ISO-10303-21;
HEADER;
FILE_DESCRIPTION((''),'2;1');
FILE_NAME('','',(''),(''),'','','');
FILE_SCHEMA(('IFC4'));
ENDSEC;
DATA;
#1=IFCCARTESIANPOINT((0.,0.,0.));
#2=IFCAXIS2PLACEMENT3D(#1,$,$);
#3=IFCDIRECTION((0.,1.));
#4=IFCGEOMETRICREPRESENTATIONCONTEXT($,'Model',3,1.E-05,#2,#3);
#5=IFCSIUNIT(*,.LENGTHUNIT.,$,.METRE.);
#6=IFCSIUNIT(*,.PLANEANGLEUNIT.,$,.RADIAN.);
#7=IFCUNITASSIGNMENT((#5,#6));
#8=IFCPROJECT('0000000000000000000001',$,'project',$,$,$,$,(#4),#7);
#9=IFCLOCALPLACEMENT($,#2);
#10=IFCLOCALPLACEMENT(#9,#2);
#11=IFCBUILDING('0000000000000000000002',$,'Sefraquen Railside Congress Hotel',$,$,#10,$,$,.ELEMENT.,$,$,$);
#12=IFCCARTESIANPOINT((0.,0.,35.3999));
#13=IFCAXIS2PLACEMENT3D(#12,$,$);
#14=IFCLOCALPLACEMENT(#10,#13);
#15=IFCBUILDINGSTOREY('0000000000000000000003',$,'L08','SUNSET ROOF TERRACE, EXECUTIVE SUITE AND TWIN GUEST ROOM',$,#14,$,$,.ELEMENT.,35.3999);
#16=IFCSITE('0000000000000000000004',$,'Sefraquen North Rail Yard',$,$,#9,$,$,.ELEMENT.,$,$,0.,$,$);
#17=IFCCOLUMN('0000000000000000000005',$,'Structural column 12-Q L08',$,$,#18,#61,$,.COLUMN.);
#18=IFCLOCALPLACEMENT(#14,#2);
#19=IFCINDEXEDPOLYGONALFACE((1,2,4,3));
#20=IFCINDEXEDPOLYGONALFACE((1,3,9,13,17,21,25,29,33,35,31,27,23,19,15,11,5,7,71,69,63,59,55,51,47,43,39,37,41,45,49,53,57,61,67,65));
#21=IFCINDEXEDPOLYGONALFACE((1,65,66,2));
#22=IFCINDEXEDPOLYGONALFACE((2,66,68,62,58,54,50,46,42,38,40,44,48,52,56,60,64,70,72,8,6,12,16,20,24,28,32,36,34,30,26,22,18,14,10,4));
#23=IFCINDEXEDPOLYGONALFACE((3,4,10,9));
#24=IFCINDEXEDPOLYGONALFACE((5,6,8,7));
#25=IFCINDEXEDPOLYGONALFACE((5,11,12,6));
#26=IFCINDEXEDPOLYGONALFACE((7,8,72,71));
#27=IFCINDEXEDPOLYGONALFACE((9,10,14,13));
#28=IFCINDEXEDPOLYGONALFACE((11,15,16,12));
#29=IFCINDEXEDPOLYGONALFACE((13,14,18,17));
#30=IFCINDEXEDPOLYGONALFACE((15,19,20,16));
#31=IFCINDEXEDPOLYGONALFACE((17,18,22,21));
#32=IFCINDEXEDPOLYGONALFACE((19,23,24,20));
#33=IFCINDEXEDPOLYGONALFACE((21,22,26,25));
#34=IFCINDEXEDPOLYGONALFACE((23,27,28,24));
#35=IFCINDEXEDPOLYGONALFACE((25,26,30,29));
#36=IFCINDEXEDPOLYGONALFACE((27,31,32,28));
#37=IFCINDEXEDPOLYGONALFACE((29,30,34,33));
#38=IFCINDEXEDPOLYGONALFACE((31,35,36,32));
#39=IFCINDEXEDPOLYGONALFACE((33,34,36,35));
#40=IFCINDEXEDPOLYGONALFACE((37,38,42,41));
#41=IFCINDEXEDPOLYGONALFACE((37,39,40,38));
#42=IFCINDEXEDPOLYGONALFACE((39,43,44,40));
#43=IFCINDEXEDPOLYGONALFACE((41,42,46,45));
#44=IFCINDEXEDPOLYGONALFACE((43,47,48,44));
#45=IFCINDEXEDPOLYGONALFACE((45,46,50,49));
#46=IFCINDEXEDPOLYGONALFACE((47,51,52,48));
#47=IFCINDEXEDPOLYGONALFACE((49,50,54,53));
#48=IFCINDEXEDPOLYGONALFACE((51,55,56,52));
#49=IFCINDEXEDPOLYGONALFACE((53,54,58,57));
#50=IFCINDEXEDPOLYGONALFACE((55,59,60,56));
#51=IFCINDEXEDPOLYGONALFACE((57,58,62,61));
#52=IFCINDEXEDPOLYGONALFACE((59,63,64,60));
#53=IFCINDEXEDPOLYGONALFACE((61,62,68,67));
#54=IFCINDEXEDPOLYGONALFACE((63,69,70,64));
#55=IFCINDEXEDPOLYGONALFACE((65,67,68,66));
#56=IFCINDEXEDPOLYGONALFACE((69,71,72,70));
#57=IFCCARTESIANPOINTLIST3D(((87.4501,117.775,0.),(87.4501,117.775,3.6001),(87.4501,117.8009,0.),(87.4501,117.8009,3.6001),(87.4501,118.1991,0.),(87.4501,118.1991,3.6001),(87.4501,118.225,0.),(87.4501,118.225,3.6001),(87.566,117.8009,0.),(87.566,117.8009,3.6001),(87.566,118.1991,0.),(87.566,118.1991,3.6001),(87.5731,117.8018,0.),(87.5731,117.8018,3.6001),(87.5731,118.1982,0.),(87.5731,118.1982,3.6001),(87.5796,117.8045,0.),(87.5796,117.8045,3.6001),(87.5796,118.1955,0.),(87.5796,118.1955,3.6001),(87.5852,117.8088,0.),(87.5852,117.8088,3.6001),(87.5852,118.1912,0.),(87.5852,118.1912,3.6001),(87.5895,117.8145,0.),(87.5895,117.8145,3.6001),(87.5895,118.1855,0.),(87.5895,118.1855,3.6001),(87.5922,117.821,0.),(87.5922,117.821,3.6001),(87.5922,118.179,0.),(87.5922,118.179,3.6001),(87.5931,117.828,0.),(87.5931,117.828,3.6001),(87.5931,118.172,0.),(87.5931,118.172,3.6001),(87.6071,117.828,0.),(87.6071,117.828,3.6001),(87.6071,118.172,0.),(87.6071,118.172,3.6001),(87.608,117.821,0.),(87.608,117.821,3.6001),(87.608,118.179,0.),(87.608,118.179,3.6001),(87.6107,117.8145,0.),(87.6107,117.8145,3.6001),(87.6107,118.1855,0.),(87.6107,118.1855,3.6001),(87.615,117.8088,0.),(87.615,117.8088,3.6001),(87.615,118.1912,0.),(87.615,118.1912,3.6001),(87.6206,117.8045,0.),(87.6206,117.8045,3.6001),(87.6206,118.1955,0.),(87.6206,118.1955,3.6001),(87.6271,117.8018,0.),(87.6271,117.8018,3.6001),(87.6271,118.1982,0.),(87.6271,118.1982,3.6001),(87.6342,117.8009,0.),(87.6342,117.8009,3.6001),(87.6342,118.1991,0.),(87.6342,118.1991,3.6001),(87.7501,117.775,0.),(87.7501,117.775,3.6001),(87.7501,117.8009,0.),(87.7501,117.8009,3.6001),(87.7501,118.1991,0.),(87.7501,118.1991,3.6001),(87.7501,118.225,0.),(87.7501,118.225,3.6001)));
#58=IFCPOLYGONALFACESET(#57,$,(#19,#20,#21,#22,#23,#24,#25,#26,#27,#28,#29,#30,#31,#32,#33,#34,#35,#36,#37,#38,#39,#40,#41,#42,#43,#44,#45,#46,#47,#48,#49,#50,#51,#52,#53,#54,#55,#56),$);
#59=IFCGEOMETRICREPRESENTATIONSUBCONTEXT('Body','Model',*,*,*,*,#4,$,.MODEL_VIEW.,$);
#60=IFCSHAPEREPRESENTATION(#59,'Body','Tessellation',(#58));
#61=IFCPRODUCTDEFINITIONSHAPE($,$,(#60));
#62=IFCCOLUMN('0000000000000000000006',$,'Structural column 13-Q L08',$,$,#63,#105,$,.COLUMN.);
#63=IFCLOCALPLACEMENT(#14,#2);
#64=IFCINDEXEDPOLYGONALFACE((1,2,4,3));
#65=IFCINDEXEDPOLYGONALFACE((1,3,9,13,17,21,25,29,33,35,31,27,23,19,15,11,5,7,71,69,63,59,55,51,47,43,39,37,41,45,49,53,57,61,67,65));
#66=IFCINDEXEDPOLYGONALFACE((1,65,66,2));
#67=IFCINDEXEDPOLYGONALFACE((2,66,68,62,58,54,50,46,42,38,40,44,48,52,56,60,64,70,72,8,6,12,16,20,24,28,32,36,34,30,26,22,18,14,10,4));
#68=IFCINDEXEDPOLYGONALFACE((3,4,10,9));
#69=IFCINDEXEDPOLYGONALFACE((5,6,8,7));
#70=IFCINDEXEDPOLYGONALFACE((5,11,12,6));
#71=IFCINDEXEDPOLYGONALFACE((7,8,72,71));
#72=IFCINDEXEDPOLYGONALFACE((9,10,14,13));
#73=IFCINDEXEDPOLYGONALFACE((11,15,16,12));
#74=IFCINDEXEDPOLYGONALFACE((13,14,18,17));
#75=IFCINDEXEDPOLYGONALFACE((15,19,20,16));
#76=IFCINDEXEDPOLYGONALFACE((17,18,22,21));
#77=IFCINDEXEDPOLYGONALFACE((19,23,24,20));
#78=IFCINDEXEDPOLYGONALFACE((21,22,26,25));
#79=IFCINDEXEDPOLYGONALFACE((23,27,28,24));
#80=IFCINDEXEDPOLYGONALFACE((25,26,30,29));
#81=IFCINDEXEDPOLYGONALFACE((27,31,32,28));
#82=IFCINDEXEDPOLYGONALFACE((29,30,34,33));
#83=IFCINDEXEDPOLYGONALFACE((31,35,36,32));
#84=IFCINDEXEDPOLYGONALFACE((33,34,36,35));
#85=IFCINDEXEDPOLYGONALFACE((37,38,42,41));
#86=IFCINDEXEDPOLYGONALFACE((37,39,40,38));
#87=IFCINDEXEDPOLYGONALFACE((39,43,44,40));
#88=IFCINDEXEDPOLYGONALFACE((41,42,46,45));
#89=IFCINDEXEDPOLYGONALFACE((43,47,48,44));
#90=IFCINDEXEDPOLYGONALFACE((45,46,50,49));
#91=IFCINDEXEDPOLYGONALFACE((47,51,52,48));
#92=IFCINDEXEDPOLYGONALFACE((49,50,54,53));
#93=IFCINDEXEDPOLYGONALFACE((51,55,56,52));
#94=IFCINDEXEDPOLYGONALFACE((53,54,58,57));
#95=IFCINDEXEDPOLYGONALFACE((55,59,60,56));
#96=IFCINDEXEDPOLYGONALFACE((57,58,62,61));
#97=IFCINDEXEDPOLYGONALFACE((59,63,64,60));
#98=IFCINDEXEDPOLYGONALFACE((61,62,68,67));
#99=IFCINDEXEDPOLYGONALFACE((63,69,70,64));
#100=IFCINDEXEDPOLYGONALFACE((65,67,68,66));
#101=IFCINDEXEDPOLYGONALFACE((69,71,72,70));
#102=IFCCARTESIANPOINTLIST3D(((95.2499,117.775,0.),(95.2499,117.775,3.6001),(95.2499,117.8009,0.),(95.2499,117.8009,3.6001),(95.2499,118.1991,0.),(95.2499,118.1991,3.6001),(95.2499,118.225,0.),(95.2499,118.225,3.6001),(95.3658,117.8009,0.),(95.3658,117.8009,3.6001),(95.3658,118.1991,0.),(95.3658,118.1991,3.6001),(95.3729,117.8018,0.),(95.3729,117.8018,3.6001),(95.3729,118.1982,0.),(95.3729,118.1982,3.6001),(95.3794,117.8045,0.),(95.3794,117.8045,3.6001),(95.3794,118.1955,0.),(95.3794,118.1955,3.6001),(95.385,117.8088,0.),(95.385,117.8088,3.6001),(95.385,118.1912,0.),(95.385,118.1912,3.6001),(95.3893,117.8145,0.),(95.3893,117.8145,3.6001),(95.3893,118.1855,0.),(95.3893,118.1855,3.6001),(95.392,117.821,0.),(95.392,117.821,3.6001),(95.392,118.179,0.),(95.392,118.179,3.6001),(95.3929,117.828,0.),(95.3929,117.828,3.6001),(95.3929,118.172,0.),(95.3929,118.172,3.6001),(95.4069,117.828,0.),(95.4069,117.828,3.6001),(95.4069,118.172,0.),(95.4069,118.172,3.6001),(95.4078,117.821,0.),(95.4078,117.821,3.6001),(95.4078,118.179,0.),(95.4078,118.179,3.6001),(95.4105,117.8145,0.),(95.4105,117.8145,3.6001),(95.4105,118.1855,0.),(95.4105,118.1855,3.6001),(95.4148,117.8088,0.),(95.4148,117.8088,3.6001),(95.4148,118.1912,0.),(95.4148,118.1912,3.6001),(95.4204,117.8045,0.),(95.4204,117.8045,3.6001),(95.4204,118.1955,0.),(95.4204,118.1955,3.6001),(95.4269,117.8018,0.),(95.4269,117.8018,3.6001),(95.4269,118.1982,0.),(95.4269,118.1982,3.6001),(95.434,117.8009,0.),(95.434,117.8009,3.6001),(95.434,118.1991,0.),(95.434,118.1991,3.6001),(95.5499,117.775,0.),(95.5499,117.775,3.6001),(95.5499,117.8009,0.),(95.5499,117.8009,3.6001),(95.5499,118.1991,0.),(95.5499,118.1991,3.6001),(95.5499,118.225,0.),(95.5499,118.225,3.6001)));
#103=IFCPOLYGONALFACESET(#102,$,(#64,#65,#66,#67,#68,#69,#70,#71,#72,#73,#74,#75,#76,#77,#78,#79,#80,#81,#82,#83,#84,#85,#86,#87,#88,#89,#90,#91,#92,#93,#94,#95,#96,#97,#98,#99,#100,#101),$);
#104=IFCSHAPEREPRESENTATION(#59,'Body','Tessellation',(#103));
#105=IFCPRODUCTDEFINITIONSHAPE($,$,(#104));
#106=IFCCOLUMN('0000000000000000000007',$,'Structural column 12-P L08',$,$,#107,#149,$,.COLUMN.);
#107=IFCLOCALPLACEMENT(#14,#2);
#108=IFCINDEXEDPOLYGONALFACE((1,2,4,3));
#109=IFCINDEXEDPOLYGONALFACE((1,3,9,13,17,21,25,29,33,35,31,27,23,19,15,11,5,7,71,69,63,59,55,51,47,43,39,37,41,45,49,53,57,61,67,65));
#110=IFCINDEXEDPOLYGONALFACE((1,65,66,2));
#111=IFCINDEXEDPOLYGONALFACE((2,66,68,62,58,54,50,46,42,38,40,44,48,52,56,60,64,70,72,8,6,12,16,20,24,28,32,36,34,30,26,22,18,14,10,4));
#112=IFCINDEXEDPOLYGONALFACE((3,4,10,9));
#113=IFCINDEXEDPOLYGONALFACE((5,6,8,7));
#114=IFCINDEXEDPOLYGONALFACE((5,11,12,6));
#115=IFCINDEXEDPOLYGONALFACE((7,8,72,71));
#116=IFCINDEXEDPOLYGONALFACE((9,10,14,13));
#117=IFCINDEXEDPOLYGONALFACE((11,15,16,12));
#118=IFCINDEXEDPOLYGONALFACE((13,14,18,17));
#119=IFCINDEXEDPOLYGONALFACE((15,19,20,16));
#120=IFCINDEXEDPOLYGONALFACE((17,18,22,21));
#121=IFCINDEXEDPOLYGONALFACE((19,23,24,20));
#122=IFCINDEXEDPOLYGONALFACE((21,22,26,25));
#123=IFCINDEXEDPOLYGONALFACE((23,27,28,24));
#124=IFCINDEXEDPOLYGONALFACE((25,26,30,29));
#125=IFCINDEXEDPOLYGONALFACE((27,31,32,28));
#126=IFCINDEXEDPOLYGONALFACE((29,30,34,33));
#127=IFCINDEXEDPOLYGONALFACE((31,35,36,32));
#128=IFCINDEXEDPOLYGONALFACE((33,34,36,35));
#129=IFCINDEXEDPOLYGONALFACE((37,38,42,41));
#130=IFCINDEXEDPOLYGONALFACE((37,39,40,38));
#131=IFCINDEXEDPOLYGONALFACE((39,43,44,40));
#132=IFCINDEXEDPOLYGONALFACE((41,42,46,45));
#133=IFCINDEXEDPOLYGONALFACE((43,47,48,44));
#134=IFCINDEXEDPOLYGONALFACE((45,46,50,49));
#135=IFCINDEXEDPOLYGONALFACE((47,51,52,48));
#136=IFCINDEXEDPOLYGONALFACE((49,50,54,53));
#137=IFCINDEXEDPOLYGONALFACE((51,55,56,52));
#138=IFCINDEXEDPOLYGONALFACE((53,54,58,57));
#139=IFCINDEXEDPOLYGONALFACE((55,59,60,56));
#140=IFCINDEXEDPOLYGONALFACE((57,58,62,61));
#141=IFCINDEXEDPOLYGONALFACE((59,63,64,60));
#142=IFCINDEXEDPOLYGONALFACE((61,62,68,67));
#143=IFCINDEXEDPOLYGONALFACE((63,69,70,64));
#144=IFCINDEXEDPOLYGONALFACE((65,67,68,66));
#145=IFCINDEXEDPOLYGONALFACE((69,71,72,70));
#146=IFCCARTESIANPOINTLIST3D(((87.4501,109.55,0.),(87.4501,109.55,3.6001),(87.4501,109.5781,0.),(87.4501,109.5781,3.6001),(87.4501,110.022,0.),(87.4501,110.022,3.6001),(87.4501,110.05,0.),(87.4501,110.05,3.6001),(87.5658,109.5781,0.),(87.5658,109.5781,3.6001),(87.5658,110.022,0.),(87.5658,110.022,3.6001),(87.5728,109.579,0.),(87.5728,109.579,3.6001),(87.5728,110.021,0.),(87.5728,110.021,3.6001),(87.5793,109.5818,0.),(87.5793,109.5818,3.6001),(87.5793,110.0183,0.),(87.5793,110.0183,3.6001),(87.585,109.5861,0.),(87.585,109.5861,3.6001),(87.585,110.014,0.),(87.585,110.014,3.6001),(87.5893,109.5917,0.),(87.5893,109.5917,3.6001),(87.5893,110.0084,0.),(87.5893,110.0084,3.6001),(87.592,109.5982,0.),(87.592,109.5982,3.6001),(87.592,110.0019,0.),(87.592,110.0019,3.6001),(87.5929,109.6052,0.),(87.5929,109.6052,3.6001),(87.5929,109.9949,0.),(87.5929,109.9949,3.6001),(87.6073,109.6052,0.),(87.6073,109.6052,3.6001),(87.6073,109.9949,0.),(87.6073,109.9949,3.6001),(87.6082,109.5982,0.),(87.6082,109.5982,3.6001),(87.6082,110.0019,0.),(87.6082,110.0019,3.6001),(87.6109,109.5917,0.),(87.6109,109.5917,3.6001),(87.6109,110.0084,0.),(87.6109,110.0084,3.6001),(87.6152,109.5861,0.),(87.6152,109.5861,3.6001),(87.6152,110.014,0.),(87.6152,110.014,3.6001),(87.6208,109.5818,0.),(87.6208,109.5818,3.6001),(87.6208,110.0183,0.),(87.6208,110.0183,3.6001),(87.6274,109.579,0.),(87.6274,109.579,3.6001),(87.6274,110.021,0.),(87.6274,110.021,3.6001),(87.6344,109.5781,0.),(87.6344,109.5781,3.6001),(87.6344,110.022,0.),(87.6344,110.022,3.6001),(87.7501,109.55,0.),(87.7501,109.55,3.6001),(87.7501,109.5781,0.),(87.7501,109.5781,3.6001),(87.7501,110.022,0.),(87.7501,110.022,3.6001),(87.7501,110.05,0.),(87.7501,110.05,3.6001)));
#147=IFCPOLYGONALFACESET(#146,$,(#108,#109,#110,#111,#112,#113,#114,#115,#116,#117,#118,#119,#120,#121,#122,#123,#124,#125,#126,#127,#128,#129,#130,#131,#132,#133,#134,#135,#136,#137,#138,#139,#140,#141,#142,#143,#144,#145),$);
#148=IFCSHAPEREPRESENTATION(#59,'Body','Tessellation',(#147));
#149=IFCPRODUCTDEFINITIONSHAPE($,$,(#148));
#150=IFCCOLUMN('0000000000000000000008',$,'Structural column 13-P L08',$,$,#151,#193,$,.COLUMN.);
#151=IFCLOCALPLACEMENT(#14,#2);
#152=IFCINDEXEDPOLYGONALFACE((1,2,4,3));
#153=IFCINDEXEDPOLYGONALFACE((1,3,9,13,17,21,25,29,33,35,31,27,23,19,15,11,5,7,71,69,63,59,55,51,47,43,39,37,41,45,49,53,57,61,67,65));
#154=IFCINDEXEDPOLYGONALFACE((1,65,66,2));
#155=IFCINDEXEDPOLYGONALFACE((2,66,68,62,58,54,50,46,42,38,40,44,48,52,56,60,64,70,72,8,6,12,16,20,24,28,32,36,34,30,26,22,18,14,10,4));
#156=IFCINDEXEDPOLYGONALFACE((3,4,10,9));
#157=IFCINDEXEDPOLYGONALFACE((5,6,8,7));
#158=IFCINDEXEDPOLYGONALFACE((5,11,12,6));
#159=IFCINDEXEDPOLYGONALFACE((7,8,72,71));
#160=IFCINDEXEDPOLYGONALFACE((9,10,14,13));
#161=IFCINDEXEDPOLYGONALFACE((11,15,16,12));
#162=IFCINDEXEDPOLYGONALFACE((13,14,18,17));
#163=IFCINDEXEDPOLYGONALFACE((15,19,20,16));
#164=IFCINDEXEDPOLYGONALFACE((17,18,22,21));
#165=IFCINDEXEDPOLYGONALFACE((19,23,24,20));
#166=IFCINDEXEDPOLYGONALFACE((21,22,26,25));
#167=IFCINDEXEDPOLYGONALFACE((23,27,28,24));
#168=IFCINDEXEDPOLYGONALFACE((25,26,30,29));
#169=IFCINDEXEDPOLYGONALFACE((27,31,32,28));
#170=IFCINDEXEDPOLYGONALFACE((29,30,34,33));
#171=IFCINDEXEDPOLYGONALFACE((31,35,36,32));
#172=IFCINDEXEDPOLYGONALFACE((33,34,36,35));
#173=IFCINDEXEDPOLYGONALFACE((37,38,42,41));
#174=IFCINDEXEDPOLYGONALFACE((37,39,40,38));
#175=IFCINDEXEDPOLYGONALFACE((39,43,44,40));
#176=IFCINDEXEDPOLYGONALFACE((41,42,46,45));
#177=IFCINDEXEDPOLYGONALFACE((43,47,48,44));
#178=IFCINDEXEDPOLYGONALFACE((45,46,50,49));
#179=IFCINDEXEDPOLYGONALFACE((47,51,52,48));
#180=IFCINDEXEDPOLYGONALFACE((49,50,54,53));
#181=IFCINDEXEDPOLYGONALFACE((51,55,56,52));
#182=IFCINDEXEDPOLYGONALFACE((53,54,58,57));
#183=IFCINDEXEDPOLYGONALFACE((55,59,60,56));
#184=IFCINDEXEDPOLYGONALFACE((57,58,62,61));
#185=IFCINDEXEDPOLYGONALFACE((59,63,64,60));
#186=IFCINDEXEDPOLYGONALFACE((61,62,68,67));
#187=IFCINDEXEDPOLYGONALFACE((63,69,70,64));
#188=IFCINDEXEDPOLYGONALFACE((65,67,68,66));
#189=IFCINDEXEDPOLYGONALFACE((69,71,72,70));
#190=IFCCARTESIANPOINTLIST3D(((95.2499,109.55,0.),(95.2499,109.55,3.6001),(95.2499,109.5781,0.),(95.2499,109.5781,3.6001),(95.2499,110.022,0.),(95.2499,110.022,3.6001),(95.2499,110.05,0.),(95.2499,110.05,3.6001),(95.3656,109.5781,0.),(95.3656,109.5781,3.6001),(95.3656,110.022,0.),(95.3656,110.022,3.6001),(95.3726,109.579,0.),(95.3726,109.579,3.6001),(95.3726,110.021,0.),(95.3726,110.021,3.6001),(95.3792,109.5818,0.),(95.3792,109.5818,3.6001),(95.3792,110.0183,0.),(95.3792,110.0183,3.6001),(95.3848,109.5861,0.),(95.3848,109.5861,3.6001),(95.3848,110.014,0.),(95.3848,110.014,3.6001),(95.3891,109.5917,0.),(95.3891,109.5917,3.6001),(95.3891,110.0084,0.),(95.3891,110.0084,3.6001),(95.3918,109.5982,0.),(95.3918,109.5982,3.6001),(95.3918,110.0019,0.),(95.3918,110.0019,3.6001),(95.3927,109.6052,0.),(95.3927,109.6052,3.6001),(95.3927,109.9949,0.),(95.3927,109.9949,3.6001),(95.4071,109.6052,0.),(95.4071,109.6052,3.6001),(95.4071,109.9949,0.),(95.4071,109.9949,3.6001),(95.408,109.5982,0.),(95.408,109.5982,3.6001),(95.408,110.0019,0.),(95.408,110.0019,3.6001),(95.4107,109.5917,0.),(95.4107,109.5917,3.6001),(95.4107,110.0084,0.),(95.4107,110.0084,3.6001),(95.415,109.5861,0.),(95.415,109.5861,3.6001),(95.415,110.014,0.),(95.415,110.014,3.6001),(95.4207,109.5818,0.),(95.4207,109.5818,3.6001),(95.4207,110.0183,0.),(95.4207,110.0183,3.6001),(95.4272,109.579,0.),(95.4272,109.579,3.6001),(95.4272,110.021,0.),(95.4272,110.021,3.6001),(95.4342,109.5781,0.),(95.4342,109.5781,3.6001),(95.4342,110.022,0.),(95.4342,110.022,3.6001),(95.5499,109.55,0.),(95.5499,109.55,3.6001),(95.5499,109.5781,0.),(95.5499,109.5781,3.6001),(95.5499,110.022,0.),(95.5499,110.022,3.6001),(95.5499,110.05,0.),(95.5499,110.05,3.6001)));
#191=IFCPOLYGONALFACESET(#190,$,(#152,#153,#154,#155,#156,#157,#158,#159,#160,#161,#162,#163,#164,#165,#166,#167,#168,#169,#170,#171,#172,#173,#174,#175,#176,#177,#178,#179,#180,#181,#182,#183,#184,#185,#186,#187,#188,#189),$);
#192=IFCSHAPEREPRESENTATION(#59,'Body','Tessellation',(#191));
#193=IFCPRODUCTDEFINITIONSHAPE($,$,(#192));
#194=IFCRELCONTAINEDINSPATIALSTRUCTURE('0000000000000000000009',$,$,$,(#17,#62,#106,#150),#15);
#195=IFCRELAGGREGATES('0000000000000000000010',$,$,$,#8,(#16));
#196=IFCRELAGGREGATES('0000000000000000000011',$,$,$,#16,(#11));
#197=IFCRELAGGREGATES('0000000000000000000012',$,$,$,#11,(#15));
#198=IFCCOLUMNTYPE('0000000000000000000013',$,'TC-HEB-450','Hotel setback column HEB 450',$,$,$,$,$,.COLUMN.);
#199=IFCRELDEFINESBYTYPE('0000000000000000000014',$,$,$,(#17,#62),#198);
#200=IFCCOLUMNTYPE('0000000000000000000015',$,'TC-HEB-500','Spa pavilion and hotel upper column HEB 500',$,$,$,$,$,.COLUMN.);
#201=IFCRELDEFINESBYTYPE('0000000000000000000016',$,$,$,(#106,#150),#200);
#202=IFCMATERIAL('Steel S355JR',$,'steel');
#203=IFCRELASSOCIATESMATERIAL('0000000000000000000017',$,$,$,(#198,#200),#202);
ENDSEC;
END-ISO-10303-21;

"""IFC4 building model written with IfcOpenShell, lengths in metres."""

from ifc_helpers import new_model, si_unit, direction, frame, origin, origin_2d, place, context, subcontext, project, spatial, i_section, extrude, material, material_profile, profile_set, type_object, element, save


model = new_model("IFC4")

# Units and contexts
model_context = context("Model", 3, precision=1e-05, world=origin(), true_north=direction((0.0, 1.0)))
body_context = subcontext(model_context, "Body", "Model", "MODEL_VIEW")
ifc_project = project(units=[si_unit("LENGTHUNIT", "METRE"), si_unit("PLANEANGLEUNIT", "RADIAN")], contexts=[model_context])

# Site, building, storey
site_placement = place(None, origin())
site = spatial("IfcSite", under=ifc_project, at=site_placement, Name="Sefraquen North Rail Yard", CompositionType="ELEMENT", RefElevation=0.0)
building_placement = place(site_placement, origin())
building = spatial("IfcBuilding", under=site, at=building_placement, Name="Sefraquen Railside Congress Hotel", CompositionType="ELEMENT")
storey_placement = place(building_placement, frame((0.0, 0.0, 35.3999)))
storey = spatial("IfcBuildingStorey", under=building, at=storey_placement, Name="L08", Description="SUNSET ROOF TERRACE, EXECUTIVE SUITE AND TWIN GUEST ROOM", CompositionType="ELEMENT", Elevation=35.3999)

# Columns
ifc_material_1 = material(Name="Steel S355JR", Category="steel")
ifc_material_profile_1 = material_profile(ifc_material_1, i_section(OverallWidth=0.3, OverallDepth=0.45, WebThickness=0.0139, FlangeThickness=0.0259, FilletRadius=0.0271, at=origin_2d()), Name="HEB 450")
ifc_profile_set_1 = profile_set([ifc_material_profile_1], Name="Steel S355JR")
column_type_1 = type_object("IfcColumnType", Name="TC-HEB-450", Description="Hotel setback column HEB 450", PredefinedType="COLUMN", material=ifc_profile_set_1)
for number, where, z_axis, x_axis, name in (
    (1, (87.6001, 118.0, 0.0), (0.0, 0.0, 1.0), (1.0, 0.0, 0.0), "Structural column 12-Q L08"),
    (2, (95.3999, 118.0, 0.0), (0.0, 0.0, 1.0), (1.0, 0.0, 0.0), "Structural column 13-Q L08"),
):
    element("IfcColumn", number, at=place(storey_placement, frame(where, z_axis=z_axis, x_axis=x_axis)), inside=storey, type_object=column_type_1, Name=name, PredefinedType="COLUMN", context=body_context, shape_type="SweptSolid", body=[
        extrude(i_section(OverallWidth=0.3, OverallDepth=0.45, WebThickness=0.0139, FlangeThickness=0.0259, FilletRadius=0.0271, at=origin_2d()), origin(), (0.0, 0.0, 1.0), 3.6001),
    ])
ifc_material_profile_2 = material_profile(ifc_material_1, i_section(OverallWidth=0.3, OverallDepth=0.5, WebThickness=0.0144, FlangeThickness=0.0281, FilletRadius=0.0271, at=origin_2d()), Name="HEB 500")
ifc_profile_set_2 = profile_set([ifc_material_profile_2], Name="Steel S355JR")
column_type_2 = type_object("IfcColumnType", Name="TC-HEB-500", Description="Spa pavilion and hotel upper column HEB 500", PredefinedType="COLUMN", material=ifc_profile_set_2)
for number, where, z_axis, x_axis, name in (
    (3, (87.6001, 109.8, 0.0), (0.0, 0.0, 1.0), (1.0, 0.0, 0.0), "Structural column 12-P L08"),
    (4, (95.3999, 109.8, 0.0), (0.0, 0.0, 1.0), (1.0, 0.0, 0.0), "Structural column 13-P L08"),
):
    element("IfcColumn", number, at=place(storey_placement, frame(where, z_axis=z_axis, x_axis=x_axis)), inside=storey, type_object=column_type_2, Name=name, PredefinedType="COLUMN", context=body_context, shape_type="SweptSolid", body=[
        extrude(i_section(OverallWidth=0.3, OverallDepth=0.5, WebThickness=0.0144, FlangeThickness=0.0281, FilletRadius=0.0271, at=origin_2d()), origin(), (0.0, 0.0, 1.0), 3.6001),
    ])

save(model, "model.ifc")
